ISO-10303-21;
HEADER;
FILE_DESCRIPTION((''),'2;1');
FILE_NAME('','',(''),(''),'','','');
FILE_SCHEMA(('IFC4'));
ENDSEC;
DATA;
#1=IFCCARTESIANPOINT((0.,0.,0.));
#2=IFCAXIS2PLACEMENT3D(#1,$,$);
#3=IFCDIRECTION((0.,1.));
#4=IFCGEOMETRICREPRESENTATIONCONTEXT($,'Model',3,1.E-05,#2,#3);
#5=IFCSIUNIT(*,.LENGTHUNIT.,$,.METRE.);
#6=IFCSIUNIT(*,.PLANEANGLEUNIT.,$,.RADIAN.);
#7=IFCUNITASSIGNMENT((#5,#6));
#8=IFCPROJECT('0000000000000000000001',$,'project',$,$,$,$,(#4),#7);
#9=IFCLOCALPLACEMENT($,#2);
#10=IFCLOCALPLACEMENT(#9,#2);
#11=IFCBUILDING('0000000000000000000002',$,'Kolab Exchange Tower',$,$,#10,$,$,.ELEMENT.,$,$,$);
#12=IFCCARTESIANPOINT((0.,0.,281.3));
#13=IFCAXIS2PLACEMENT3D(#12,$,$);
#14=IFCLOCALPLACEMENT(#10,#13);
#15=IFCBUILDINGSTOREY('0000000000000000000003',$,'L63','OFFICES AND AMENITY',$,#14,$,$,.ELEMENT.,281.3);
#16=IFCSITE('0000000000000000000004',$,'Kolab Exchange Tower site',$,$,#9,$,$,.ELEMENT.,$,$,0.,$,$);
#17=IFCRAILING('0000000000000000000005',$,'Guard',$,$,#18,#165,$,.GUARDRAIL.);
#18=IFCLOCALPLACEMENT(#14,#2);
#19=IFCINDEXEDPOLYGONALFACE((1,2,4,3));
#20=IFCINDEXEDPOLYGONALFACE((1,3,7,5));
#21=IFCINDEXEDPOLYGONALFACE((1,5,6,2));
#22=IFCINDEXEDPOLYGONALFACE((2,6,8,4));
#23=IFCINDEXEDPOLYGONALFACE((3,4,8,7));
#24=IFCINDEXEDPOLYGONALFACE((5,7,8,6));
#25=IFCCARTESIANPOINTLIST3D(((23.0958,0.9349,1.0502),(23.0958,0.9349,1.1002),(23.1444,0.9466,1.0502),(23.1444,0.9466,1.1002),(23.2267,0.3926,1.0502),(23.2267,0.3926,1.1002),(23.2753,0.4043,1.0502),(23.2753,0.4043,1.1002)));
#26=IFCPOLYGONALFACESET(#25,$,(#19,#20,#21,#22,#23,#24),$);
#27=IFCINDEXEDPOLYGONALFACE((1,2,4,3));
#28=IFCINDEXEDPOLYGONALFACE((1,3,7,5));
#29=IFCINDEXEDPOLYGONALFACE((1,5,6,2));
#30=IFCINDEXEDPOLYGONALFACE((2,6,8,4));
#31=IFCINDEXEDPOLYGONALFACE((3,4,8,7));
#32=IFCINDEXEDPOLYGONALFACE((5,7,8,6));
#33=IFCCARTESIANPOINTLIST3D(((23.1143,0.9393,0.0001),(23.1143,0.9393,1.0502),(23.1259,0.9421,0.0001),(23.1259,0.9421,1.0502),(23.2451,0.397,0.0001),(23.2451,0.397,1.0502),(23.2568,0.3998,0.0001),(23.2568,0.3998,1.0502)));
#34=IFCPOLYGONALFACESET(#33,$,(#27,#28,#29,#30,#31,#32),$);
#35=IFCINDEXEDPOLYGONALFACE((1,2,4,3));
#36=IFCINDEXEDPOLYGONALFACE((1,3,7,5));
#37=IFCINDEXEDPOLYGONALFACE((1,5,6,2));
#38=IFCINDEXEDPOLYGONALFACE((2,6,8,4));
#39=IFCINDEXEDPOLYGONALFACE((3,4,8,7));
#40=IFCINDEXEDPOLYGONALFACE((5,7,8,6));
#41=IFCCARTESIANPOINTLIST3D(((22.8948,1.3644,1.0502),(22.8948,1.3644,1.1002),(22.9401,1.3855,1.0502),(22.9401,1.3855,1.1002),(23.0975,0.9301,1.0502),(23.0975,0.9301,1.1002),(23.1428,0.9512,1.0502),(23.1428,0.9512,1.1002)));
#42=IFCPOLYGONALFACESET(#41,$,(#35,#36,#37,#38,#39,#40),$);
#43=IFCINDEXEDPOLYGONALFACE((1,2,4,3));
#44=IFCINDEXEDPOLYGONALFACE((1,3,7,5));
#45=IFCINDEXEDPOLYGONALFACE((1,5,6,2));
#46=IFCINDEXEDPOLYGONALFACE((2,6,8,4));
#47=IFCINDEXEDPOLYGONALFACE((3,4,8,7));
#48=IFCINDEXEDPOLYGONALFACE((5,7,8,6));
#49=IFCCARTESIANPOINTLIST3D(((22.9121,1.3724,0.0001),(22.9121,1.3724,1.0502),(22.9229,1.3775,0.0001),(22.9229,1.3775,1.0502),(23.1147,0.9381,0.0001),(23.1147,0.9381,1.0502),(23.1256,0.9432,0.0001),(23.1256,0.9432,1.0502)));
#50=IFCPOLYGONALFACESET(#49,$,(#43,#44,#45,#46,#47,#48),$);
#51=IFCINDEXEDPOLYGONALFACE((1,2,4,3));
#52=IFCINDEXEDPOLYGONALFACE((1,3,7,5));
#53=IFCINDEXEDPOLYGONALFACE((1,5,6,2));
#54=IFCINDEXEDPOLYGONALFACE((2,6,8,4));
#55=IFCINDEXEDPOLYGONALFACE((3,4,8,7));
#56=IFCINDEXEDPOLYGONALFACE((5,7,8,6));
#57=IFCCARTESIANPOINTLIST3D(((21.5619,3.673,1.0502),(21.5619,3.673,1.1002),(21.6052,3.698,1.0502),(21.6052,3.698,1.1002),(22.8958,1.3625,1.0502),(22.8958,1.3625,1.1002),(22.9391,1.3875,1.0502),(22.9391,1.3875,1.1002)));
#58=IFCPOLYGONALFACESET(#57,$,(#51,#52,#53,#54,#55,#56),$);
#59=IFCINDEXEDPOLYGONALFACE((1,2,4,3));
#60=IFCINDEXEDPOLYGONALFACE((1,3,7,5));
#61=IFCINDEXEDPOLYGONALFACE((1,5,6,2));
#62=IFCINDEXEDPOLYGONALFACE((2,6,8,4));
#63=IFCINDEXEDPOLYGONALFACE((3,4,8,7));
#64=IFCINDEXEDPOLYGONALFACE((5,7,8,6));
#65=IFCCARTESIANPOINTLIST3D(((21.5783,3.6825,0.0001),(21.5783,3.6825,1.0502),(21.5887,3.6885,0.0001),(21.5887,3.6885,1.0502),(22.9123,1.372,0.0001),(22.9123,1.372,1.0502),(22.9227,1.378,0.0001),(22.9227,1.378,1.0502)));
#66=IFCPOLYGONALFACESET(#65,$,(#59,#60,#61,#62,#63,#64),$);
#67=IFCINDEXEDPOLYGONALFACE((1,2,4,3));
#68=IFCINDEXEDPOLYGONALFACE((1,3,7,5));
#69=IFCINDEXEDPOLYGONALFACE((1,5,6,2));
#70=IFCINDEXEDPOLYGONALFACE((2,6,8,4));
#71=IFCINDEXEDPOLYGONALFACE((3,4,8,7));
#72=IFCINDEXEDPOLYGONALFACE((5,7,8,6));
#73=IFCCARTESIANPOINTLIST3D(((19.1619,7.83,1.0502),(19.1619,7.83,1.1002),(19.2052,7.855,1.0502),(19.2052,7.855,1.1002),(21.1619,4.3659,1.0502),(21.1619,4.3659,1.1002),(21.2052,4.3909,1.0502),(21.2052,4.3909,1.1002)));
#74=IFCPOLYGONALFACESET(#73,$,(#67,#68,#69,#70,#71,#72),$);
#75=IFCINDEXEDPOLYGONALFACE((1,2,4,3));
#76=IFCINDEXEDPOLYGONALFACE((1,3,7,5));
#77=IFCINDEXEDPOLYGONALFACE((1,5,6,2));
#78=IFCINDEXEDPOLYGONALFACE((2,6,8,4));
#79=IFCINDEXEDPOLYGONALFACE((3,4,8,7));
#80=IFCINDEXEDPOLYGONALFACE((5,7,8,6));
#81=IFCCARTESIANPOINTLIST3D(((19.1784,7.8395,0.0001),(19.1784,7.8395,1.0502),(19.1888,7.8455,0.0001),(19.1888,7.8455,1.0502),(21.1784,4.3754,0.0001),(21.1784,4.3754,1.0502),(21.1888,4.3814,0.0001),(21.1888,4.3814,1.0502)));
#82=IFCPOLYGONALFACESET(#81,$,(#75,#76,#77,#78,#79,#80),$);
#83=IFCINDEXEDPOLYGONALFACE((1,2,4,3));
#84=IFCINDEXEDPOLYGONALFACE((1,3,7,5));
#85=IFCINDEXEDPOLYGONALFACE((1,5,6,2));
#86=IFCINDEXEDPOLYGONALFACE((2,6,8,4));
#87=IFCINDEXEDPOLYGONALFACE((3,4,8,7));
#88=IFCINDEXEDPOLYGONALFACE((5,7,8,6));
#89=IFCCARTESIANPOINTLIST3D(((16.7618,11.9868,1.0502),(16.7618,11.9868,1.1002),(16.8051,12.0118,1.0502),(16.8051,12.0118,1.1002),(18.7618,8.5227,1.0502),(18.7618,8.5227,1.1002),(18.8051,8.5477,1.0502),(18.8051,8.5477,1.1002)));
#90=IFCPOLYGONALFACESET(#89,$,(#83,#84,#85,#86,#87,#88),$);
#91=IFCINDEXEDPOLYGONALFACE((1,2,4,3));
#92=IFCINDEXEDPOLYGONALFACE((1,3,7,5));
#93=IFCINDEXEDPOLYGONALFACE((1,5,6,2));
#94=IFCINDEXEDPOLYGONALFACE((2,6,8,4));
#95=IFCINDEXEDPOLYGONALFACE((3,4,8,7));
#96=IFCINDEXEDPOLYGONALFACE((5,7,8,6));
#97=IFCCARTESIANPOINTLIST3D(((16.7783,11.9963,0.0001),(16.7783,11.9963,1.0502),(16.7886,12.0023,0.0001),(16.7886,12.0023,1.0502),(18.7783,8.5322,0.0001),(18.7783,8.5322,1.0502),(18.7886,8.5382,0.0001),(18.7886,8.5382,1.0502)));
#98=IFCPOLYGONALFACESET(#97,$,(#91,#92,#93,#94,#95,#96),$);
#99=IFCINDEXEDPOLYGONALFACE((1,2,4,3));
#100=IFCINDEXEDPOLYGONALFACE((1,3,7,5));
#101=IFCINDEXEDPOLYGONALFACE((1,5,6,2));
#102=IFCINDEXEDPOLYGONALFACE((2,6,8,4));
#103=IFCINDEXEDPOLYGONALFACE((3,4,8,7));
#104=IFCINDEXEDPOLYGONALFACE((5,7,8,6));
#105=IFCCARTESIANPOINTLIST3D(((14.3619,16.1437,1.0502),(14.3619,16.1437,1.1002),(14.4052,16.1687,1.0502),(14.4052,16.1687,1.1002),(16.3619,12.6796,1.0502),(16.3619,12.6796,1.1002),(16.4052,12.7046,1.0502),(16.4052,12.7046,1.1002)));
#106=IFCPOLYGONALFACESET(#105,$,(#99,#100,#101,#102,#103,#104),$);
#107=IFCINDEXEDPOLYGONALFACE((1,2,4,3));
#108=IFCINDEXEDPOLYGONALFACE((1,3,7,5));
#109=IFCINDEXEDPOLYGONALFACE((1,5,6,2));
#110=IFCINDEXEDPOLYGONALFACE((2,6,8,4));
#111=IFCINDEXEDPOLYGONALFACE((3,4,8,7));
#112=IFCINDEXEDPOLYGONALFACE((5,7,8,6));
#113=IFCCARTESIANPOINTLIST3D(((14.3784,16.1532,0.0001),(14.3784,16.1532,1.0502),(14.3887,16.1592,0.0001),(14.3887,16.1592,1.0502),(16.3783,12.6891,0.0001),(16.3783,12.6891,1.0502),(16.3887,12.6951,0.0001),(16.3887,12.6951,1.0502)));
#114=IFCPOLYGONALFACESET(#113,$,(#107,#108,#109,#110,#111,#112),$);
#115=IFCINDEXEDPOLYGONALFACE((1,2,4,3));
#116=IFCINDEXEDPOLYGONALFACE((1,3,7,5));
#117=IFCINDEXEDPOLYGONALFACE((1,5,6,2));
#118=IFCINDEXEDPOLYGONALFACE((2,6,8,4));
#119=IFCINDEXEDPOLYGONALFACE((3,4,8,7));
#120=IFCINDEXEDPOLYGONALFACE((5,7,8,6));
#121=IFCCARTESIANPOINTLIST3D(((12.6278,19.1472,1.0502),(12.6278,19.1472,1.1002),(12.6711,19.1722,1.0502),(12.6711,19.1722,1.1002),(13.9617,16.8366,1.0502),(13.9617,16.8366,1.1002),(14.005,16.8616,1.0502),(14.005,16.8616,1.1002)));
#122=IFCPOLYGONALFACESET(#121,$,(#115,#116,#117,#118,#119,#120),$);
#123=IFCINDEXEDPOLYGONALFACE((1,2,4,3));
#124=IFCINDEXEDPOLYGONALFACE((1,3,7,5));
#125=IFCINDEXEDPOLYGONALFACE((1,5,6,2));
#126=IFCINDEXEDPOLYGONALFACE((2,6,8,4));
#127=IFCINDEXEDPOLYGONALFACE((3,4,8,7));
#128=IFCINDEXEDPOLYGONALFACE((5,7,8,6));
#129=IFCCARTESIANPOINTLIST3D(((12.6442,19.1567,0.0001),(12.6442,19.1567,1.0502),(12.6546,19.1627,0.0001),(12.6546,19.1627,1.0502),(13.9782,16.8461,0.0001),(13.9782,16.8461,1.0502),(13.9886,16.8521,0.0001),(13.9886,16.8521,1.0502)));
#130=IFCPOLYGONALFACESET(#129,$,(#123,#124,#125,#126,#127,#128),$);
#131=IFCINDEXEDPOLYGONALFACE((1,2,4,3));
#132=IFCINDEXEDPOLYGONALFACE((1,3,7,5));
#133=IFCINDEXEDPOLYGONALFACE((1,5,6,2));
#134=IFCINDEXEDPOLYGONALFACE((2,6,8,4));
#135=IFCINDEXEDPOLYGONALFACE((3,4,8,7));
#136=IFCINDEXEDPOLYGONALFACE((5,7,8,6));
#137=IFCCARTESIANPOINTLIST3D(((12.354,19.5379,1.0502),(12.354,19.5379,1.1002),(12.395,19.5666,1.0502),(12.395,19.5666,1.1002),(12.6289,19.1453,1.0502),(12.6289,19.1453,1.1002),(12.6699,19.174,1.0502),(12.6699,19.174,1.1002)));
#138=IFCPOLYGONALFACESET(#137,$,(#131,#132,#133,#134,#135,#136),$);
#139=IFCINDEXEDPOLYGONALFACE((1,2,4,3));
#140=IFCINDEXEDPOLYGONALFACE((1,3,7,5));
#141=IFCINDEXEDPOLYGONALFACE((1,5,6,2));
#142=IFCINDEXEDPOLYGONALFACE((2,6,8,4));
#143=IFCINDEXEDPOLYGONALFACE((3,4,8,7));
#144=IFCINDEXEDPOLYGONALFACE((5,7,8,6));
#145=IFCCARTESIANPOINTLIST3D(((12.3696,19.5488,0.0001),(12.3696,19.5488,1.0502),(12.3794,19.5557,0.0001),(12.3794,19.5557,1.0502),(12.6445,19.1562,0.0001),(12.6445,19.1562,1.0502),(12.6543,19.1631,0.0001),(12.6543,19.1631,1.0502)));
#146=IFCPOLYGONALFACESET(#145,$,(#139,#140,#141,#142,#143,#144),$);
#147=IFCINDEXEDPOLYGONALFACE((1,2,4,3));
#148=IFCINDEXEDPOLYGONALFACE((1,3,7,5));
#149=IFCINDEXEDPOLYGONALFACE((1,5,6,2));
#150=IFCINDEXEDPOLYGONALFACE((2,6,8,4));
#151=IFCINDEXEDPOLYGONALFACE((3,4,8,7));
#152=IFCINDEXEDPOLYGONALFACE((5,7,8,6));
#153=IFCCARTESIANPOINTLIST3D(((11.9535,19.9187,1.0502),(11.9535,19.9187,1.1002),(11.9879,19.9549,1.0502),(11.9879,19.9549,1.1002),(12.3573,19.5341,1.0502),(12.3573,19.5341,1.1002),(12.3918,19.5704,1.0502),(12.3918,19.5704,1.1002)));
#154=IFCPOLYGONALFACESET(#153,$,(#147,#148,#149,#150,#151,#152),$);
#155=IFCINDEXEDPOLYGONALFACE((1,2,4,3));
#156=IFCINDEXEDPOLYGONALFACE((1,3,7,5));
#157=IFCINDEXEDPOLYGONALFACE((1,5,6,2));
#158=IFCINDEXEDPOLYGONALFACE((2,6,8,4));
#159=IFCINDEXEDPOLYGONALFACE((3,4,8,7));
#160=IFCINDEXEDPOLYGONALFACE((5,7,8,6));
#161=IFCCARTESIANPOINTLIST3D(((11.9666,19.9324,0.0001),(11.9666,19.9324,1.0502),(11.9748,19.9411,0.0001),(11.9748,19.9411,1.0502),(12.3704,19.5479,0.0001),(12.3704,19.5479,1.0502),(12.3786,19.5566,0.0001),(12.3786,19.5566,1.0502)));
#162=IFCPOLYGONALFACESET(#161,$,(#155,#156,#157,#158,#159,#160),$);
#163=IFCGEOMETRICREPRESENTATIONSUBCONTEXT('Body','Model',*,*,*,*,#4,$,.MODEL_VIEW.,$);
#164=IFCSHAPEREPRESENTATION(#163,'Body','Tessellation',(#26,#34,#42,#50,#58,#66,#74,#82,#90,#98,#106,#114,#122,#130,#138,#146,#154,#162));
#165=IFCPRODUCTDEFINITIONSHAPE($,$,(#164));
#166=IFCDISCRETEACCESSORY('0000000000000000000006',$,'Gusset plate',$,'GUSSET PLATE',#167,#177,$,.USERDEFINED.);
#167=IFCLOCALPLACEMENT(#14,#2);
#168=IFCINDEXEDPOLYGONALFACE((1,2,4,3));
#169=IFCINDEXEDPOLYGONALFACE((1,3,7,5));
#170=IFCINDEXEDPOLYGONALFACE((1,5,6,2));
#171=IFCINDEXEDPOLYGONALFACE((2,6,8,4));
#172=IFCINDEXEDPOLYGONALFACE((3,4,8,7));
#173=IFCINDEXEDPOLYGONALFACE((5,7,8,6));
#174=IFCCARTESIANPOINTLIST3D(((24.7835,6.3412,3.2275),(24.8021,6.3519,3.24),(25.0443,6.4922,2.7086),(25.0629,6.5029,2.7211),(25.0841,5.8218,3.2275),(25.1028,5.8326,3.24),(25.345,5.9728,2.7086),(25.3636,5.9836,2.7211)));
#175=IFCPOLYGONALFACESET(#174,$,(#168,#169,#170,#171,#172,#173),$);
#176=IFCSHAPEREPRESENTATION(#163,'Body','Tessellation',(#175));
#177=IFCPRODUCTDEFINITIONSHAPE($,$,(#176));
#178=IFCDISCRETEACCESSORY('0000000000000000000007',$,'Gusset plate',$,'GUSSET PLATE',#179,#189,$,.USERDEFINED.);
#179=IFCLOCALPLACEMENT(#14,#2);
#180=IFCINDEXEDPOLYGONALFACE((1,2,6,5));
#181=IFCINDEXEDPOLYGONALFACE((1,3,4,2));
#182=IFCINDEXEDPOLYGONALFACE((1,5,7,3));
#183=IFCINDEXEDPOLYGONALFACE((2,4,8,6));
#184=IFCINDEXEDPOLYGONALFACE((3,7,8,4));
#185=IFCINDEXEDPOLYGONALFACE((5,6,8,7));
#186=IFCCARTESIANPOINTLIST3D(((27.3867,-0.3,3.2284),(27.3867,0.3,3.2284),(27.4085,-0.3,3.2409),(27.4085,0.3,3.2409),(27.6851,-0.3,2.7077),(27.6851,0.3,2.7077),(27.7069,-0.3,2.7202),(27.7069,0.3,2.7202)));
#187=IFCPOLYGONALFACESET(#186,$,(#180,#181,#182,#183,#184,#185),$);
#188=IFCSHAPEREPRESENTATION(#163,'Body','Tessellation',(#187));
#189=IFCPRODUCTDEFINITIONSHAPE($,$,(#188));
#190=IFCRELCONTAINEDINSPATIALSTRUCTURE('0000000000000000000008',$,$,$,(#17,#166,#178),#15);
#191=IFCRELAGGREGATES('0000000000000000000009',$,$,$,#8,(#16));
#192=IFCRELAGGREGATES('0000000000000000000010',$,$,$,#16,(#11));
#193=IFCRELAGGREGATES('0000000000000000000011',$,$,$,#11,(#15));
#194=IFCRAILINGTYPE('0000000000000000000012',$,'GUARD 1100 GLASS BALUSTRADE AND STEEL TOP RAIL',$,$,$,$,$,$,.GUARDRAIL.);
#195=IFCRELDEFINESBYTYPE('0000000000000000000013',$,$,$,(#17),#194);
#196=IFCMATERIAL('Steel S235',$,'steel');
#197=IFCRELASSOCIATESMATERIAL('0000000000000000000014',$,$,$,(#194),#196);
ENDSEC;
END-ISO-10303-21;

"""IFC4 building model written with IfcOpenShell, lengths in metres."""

from ifc_helpers import new_model, si_unit, direction, frame, frame_2d, origin, origin_2d, place, context, subcontext, project, spatial, rectangle, extrude, material, type_object, element, save


model = new_model("IFC4")

# Units and contexts
model_context = context("Model", 3, precision=1e-05, world=origin(), true_north=direction((0.0, 1.0)))
body_context = subcontext(model_context, "Body", "Model", "MODEL_VIEW")
ifc_project = project(units=[si_unit("LENGTHUNIT", "METRE"), si_unit("PLANEANGLEUNIT", "RADIAN")], contexts=[model_context])

# Site, building, storey
site_placement = place(None, origin())
site = spatial("IfcSite", under=ifc_project, at=site_placement, Name="Kolab Exchange Tower site", CompositionType="ELEMENT", RefElevation=0.0)
building_placement = place(site_placement, origin())
building = spatial("IfcBuilding", under=site, at=building_placement, Name="Kolab Exchange Tower", CompositionType="ELEMENT")
storey_placement = place(building_placement, frame((0.0, 0.0, 281.3)))
storey = spatial("IfcBuildingStorey", under=building, at=storey_placement, Name="L63", Description="OFFICES AND AMENITY", CompositionType="ELEMENT", Elevation=281.3)

# Railing
ifc_material_1 = material(Name="Steel S235", Category="steel")
railing_type = type_object("IfcRailingType", Name="GUARD 1100 GLASS BALUSTRADE AND STEEL TOP RAIL", PredefinedType="GUARDRAIL", material=ifc_material_1)
railing_placement = place(storey_placement, frame((23.251, 0.3984, 0.0)))
element("IfcRailing", 1, at=railing_placement, inside=storey, type_object=railing_type, Name="Guard", PredefinedType="GUARDRAIL", context=body_context, shape_type="SweptSolid", body=[
    extrude(rectangle(XDim=0.05, YDim=0.05, at=origin_2d()), frame((0.0, 0.0, 1.0752), z_axis=(-0.234598, 0.972093, 0.0), x_axis=(-0.972093, -0.234598, 0.0)), (0.0, 0.0, 1.0), 0.5579),
    extrude(rectangle(XDim=0.012, YDim=1.0501, at=frame_2d((0.0, 0.5251))), frame((0.0, 0.0, 0.0), z_axis=(-0.234598, 0.972093, 0.0), x_axis=(-0.972093, -0.234598, 0.0)), (0.0, 0.0, 1.0), 0.5579),
    extrude(rectangle(XDim=0.05, YDim=0.05, at=origin_2d()), frame((-0.1309, 0.5422, 1.0752), z_axis=(-0.422802, 0.906222, 0.0), x_axis=(-0.906222, -0.422802, 0.0)), (0.0, 0.0, 1.0), 0.4792),
    extrude(rectangle(XDim=0.012, YDim=1.0501, at=frame_2d((0.0, 0.5251))), frame((-0.1309, 0.5422, 0.0), z_axis=(-0.422802, 0.906222, 0.0), x_axis=(-0.906222, -0.422802, 0.0)), (0.0, 0.0, 1.0), 0.4792),
    extrude(rectangle(XDim=0.05, YDim=0.05, at=origin_2d()), frame((-0.3335, 0.9766, 1.0752), z_axis=(-0.499997, 0.866027, 0.0), x_axis=(-0.866027, -0.499997, 0.0)), (0.0, 0.0, 1.0), 2.668),
    extrude(rectangle(XDim=0.012, YDim=1.0501, at=frame_2d((0.0, 0.5251))), frame((-0.3335, 0.9766, 0.0), z_axis=(-0.499997, 0.866027, 0.0), x_axis=(-0.866027, -0.499997, 0.0)), (0.0, 0.0, 1.0), 2.668),
    extrude(rectangle(XDim=0.05, YDim=0.05, at=origin_2d()), frame((-2.0674, 3.98, 1.0752), z_axis=(-0.499999, 0.866026, 0.0), x_axis=(-0.866026, -0.499999, 0.0)), (0.0, 0.0, 1.0), 4.0),
    extrude(rectangle(XDim=0.012, YDim=1.0501, at=frame_2d((0.0, 0.5251))), frame((-2.0674, 3.98, 0.0), z_axis=(-0.499999, 0.866026, 0.0), x_axis=(-0.866026, -0.499999, 0.0)), (0.0, 0.0, 1.0), 4.0),
    extrude(rectangle(XDim=0.05, YDim=0.05, at=origin_2d()), frame((-4.4675, 8.1367, 1.0752), z_axis=(-0.499999, 0.866026, 0.0), x_axis=(-0.866026, -0.499999, 0.0)), (0.0, 0.0, 1.0), 4.0),
    extrude(rectangle(XDim=0.012, YDim=1.0501, at=frame_2d((0.0, 0.5251))), frame((-4.4675, 8.1367, 0.0), z_axis=(-0.499999, 0.866026, 0.0), x_axis=(-0.866026, -0.499999, 0.0)), (0.0, 0.0, 1.0), 4.0),
    extrude(rectangle(XDim=0.05, YDim=0.05, at=origin_2d()), frame((-6.8674, 12.2937, 1.0752), z_axis=(-0.499999, 0.866026, 0.0), x_axis=(-0.866026, -0.499999, 0.0)), (0.0, 0.0, 1.0), 4.0),
    extrude(rectangle(XDim=0.012, YDim=1.0501, at=frame_2d((0.0, 0.5251))), frame((-6.8674, 12.2937, 0.0), z_axis=(-0.499999, 0.866026, 0.0), x_axis=(-0.866026, -0.499999, 0.0)), (0.0, 0.0, 1.0), 4.0),
    extrude(rectangle(XDim=0.05, YDim=0.05, at=origin_2d()), frame((-9.2676, 16.4507, 1.0752), z_axis=(-0.499997, 0.866027, 0.0), x_axis=(-0.866027, -0.499997, 0.0)), (0.0, 0.0, 1.0), 2.668),
    extrude(rectangle(XDim=0.012, YDim=1.0501, at=frame_2d((0.0, 0.5251))), frame((-9.2676, 16.4507, 0.0), z_axis=(-0.499997, 0.866027, 0.0), x_axis=(-0.866027, -0.499997, 0.0)), (0.0, 0.0, 1.0), 2.668),
    extrude(rectangle(XDim=0.05, YDim=0.05, at=origin_2d()), frame((-10.6016, 18.7612, 1.0752), z_axis=(-0.573599, 0.819136, 0.0), x_axis=(-0.819136, -0.573599, 0.0)), (0.0, 0.0, 1.0), 0.4792),
    extrude(rectangle(XDim=0.012, YDim=1.0501, at=frame_2d((0.0, 0.5251))), frame((-10.6016, 18.7612, 0.0), z_axis=(-0.573599, 0.819136, 0.0), x_axis=(-0.819136, -0.573599, 0.0)), (0.0, 0.0, 1.0), 0.4792),
    extrude(rectangle(XDim=0.05, YDim=0.05, at=origin_2d()), frame((-10.8765, 19.1538, 1.0752), z_axis=(-0.72419, 0.689601, 0.0), x_axis=(-0.689601, -0.72419, 0.0)), (0.0, 0.0, 1.0), 0.5576),
    extrude(rectangle(XDim=0.012, YDim=1.0501, at=frame_2d((0.0, 0.5251))), frame((-10.8765, 19.1538, 0.0), z_axis=(-0.72419, 0.689601, 0.0), x_axis=(-0.689601, -0.72419, 0.0)), (0.0, 0.0, 1.0), 0.5576),
])

# Discrete accessories
discrete_accessory_1_placement = place(storey_placement, frame((25.0642, 6.157, 2.968), z_axis=(0.748378, 0.433272, 0.502201), x_axis=(-0.501036, 0.865426, 0.0)))
element("IfcDiscreteAccessory", 2, at=discrete_accessory_1_placement, inside=storey, Name="Gusset plate", ObjectType="GUSSET PLATE", PredefinedType="USERDEFINED", context=body_context, shape_type="SweptSolid", body=[
    extrude(rectangle(XDim=0.6001, YDim=0.6001, at=origin_2d()), origin(), (0.0, 0.0, 1.0), 0.0249),
])
discrete_accessory_2_placement = place(storey_placement, frame((27.5359, 0.0, 2.968), z_axis=(0.867643, 0.0, 0.497188), x_axis=(0.0, 1.0, 0.0)))
element("IfcDiscreteAccessory", 3, at=discrete_accessory_2_placement, inside=storey, Name="Gusset plate", ObjectType="GUSSET PLATE", PredefinedType="USERDEFINED", context=body_context, shape_type="SweptSolid", body=[
    extrude(rectangle(XDim=0.6001, YDim=0.6001, at=origin_2d()), origin(), (0.0, 0.0, 1.0), 0.0251),
])

save(model, "model.ifc")
